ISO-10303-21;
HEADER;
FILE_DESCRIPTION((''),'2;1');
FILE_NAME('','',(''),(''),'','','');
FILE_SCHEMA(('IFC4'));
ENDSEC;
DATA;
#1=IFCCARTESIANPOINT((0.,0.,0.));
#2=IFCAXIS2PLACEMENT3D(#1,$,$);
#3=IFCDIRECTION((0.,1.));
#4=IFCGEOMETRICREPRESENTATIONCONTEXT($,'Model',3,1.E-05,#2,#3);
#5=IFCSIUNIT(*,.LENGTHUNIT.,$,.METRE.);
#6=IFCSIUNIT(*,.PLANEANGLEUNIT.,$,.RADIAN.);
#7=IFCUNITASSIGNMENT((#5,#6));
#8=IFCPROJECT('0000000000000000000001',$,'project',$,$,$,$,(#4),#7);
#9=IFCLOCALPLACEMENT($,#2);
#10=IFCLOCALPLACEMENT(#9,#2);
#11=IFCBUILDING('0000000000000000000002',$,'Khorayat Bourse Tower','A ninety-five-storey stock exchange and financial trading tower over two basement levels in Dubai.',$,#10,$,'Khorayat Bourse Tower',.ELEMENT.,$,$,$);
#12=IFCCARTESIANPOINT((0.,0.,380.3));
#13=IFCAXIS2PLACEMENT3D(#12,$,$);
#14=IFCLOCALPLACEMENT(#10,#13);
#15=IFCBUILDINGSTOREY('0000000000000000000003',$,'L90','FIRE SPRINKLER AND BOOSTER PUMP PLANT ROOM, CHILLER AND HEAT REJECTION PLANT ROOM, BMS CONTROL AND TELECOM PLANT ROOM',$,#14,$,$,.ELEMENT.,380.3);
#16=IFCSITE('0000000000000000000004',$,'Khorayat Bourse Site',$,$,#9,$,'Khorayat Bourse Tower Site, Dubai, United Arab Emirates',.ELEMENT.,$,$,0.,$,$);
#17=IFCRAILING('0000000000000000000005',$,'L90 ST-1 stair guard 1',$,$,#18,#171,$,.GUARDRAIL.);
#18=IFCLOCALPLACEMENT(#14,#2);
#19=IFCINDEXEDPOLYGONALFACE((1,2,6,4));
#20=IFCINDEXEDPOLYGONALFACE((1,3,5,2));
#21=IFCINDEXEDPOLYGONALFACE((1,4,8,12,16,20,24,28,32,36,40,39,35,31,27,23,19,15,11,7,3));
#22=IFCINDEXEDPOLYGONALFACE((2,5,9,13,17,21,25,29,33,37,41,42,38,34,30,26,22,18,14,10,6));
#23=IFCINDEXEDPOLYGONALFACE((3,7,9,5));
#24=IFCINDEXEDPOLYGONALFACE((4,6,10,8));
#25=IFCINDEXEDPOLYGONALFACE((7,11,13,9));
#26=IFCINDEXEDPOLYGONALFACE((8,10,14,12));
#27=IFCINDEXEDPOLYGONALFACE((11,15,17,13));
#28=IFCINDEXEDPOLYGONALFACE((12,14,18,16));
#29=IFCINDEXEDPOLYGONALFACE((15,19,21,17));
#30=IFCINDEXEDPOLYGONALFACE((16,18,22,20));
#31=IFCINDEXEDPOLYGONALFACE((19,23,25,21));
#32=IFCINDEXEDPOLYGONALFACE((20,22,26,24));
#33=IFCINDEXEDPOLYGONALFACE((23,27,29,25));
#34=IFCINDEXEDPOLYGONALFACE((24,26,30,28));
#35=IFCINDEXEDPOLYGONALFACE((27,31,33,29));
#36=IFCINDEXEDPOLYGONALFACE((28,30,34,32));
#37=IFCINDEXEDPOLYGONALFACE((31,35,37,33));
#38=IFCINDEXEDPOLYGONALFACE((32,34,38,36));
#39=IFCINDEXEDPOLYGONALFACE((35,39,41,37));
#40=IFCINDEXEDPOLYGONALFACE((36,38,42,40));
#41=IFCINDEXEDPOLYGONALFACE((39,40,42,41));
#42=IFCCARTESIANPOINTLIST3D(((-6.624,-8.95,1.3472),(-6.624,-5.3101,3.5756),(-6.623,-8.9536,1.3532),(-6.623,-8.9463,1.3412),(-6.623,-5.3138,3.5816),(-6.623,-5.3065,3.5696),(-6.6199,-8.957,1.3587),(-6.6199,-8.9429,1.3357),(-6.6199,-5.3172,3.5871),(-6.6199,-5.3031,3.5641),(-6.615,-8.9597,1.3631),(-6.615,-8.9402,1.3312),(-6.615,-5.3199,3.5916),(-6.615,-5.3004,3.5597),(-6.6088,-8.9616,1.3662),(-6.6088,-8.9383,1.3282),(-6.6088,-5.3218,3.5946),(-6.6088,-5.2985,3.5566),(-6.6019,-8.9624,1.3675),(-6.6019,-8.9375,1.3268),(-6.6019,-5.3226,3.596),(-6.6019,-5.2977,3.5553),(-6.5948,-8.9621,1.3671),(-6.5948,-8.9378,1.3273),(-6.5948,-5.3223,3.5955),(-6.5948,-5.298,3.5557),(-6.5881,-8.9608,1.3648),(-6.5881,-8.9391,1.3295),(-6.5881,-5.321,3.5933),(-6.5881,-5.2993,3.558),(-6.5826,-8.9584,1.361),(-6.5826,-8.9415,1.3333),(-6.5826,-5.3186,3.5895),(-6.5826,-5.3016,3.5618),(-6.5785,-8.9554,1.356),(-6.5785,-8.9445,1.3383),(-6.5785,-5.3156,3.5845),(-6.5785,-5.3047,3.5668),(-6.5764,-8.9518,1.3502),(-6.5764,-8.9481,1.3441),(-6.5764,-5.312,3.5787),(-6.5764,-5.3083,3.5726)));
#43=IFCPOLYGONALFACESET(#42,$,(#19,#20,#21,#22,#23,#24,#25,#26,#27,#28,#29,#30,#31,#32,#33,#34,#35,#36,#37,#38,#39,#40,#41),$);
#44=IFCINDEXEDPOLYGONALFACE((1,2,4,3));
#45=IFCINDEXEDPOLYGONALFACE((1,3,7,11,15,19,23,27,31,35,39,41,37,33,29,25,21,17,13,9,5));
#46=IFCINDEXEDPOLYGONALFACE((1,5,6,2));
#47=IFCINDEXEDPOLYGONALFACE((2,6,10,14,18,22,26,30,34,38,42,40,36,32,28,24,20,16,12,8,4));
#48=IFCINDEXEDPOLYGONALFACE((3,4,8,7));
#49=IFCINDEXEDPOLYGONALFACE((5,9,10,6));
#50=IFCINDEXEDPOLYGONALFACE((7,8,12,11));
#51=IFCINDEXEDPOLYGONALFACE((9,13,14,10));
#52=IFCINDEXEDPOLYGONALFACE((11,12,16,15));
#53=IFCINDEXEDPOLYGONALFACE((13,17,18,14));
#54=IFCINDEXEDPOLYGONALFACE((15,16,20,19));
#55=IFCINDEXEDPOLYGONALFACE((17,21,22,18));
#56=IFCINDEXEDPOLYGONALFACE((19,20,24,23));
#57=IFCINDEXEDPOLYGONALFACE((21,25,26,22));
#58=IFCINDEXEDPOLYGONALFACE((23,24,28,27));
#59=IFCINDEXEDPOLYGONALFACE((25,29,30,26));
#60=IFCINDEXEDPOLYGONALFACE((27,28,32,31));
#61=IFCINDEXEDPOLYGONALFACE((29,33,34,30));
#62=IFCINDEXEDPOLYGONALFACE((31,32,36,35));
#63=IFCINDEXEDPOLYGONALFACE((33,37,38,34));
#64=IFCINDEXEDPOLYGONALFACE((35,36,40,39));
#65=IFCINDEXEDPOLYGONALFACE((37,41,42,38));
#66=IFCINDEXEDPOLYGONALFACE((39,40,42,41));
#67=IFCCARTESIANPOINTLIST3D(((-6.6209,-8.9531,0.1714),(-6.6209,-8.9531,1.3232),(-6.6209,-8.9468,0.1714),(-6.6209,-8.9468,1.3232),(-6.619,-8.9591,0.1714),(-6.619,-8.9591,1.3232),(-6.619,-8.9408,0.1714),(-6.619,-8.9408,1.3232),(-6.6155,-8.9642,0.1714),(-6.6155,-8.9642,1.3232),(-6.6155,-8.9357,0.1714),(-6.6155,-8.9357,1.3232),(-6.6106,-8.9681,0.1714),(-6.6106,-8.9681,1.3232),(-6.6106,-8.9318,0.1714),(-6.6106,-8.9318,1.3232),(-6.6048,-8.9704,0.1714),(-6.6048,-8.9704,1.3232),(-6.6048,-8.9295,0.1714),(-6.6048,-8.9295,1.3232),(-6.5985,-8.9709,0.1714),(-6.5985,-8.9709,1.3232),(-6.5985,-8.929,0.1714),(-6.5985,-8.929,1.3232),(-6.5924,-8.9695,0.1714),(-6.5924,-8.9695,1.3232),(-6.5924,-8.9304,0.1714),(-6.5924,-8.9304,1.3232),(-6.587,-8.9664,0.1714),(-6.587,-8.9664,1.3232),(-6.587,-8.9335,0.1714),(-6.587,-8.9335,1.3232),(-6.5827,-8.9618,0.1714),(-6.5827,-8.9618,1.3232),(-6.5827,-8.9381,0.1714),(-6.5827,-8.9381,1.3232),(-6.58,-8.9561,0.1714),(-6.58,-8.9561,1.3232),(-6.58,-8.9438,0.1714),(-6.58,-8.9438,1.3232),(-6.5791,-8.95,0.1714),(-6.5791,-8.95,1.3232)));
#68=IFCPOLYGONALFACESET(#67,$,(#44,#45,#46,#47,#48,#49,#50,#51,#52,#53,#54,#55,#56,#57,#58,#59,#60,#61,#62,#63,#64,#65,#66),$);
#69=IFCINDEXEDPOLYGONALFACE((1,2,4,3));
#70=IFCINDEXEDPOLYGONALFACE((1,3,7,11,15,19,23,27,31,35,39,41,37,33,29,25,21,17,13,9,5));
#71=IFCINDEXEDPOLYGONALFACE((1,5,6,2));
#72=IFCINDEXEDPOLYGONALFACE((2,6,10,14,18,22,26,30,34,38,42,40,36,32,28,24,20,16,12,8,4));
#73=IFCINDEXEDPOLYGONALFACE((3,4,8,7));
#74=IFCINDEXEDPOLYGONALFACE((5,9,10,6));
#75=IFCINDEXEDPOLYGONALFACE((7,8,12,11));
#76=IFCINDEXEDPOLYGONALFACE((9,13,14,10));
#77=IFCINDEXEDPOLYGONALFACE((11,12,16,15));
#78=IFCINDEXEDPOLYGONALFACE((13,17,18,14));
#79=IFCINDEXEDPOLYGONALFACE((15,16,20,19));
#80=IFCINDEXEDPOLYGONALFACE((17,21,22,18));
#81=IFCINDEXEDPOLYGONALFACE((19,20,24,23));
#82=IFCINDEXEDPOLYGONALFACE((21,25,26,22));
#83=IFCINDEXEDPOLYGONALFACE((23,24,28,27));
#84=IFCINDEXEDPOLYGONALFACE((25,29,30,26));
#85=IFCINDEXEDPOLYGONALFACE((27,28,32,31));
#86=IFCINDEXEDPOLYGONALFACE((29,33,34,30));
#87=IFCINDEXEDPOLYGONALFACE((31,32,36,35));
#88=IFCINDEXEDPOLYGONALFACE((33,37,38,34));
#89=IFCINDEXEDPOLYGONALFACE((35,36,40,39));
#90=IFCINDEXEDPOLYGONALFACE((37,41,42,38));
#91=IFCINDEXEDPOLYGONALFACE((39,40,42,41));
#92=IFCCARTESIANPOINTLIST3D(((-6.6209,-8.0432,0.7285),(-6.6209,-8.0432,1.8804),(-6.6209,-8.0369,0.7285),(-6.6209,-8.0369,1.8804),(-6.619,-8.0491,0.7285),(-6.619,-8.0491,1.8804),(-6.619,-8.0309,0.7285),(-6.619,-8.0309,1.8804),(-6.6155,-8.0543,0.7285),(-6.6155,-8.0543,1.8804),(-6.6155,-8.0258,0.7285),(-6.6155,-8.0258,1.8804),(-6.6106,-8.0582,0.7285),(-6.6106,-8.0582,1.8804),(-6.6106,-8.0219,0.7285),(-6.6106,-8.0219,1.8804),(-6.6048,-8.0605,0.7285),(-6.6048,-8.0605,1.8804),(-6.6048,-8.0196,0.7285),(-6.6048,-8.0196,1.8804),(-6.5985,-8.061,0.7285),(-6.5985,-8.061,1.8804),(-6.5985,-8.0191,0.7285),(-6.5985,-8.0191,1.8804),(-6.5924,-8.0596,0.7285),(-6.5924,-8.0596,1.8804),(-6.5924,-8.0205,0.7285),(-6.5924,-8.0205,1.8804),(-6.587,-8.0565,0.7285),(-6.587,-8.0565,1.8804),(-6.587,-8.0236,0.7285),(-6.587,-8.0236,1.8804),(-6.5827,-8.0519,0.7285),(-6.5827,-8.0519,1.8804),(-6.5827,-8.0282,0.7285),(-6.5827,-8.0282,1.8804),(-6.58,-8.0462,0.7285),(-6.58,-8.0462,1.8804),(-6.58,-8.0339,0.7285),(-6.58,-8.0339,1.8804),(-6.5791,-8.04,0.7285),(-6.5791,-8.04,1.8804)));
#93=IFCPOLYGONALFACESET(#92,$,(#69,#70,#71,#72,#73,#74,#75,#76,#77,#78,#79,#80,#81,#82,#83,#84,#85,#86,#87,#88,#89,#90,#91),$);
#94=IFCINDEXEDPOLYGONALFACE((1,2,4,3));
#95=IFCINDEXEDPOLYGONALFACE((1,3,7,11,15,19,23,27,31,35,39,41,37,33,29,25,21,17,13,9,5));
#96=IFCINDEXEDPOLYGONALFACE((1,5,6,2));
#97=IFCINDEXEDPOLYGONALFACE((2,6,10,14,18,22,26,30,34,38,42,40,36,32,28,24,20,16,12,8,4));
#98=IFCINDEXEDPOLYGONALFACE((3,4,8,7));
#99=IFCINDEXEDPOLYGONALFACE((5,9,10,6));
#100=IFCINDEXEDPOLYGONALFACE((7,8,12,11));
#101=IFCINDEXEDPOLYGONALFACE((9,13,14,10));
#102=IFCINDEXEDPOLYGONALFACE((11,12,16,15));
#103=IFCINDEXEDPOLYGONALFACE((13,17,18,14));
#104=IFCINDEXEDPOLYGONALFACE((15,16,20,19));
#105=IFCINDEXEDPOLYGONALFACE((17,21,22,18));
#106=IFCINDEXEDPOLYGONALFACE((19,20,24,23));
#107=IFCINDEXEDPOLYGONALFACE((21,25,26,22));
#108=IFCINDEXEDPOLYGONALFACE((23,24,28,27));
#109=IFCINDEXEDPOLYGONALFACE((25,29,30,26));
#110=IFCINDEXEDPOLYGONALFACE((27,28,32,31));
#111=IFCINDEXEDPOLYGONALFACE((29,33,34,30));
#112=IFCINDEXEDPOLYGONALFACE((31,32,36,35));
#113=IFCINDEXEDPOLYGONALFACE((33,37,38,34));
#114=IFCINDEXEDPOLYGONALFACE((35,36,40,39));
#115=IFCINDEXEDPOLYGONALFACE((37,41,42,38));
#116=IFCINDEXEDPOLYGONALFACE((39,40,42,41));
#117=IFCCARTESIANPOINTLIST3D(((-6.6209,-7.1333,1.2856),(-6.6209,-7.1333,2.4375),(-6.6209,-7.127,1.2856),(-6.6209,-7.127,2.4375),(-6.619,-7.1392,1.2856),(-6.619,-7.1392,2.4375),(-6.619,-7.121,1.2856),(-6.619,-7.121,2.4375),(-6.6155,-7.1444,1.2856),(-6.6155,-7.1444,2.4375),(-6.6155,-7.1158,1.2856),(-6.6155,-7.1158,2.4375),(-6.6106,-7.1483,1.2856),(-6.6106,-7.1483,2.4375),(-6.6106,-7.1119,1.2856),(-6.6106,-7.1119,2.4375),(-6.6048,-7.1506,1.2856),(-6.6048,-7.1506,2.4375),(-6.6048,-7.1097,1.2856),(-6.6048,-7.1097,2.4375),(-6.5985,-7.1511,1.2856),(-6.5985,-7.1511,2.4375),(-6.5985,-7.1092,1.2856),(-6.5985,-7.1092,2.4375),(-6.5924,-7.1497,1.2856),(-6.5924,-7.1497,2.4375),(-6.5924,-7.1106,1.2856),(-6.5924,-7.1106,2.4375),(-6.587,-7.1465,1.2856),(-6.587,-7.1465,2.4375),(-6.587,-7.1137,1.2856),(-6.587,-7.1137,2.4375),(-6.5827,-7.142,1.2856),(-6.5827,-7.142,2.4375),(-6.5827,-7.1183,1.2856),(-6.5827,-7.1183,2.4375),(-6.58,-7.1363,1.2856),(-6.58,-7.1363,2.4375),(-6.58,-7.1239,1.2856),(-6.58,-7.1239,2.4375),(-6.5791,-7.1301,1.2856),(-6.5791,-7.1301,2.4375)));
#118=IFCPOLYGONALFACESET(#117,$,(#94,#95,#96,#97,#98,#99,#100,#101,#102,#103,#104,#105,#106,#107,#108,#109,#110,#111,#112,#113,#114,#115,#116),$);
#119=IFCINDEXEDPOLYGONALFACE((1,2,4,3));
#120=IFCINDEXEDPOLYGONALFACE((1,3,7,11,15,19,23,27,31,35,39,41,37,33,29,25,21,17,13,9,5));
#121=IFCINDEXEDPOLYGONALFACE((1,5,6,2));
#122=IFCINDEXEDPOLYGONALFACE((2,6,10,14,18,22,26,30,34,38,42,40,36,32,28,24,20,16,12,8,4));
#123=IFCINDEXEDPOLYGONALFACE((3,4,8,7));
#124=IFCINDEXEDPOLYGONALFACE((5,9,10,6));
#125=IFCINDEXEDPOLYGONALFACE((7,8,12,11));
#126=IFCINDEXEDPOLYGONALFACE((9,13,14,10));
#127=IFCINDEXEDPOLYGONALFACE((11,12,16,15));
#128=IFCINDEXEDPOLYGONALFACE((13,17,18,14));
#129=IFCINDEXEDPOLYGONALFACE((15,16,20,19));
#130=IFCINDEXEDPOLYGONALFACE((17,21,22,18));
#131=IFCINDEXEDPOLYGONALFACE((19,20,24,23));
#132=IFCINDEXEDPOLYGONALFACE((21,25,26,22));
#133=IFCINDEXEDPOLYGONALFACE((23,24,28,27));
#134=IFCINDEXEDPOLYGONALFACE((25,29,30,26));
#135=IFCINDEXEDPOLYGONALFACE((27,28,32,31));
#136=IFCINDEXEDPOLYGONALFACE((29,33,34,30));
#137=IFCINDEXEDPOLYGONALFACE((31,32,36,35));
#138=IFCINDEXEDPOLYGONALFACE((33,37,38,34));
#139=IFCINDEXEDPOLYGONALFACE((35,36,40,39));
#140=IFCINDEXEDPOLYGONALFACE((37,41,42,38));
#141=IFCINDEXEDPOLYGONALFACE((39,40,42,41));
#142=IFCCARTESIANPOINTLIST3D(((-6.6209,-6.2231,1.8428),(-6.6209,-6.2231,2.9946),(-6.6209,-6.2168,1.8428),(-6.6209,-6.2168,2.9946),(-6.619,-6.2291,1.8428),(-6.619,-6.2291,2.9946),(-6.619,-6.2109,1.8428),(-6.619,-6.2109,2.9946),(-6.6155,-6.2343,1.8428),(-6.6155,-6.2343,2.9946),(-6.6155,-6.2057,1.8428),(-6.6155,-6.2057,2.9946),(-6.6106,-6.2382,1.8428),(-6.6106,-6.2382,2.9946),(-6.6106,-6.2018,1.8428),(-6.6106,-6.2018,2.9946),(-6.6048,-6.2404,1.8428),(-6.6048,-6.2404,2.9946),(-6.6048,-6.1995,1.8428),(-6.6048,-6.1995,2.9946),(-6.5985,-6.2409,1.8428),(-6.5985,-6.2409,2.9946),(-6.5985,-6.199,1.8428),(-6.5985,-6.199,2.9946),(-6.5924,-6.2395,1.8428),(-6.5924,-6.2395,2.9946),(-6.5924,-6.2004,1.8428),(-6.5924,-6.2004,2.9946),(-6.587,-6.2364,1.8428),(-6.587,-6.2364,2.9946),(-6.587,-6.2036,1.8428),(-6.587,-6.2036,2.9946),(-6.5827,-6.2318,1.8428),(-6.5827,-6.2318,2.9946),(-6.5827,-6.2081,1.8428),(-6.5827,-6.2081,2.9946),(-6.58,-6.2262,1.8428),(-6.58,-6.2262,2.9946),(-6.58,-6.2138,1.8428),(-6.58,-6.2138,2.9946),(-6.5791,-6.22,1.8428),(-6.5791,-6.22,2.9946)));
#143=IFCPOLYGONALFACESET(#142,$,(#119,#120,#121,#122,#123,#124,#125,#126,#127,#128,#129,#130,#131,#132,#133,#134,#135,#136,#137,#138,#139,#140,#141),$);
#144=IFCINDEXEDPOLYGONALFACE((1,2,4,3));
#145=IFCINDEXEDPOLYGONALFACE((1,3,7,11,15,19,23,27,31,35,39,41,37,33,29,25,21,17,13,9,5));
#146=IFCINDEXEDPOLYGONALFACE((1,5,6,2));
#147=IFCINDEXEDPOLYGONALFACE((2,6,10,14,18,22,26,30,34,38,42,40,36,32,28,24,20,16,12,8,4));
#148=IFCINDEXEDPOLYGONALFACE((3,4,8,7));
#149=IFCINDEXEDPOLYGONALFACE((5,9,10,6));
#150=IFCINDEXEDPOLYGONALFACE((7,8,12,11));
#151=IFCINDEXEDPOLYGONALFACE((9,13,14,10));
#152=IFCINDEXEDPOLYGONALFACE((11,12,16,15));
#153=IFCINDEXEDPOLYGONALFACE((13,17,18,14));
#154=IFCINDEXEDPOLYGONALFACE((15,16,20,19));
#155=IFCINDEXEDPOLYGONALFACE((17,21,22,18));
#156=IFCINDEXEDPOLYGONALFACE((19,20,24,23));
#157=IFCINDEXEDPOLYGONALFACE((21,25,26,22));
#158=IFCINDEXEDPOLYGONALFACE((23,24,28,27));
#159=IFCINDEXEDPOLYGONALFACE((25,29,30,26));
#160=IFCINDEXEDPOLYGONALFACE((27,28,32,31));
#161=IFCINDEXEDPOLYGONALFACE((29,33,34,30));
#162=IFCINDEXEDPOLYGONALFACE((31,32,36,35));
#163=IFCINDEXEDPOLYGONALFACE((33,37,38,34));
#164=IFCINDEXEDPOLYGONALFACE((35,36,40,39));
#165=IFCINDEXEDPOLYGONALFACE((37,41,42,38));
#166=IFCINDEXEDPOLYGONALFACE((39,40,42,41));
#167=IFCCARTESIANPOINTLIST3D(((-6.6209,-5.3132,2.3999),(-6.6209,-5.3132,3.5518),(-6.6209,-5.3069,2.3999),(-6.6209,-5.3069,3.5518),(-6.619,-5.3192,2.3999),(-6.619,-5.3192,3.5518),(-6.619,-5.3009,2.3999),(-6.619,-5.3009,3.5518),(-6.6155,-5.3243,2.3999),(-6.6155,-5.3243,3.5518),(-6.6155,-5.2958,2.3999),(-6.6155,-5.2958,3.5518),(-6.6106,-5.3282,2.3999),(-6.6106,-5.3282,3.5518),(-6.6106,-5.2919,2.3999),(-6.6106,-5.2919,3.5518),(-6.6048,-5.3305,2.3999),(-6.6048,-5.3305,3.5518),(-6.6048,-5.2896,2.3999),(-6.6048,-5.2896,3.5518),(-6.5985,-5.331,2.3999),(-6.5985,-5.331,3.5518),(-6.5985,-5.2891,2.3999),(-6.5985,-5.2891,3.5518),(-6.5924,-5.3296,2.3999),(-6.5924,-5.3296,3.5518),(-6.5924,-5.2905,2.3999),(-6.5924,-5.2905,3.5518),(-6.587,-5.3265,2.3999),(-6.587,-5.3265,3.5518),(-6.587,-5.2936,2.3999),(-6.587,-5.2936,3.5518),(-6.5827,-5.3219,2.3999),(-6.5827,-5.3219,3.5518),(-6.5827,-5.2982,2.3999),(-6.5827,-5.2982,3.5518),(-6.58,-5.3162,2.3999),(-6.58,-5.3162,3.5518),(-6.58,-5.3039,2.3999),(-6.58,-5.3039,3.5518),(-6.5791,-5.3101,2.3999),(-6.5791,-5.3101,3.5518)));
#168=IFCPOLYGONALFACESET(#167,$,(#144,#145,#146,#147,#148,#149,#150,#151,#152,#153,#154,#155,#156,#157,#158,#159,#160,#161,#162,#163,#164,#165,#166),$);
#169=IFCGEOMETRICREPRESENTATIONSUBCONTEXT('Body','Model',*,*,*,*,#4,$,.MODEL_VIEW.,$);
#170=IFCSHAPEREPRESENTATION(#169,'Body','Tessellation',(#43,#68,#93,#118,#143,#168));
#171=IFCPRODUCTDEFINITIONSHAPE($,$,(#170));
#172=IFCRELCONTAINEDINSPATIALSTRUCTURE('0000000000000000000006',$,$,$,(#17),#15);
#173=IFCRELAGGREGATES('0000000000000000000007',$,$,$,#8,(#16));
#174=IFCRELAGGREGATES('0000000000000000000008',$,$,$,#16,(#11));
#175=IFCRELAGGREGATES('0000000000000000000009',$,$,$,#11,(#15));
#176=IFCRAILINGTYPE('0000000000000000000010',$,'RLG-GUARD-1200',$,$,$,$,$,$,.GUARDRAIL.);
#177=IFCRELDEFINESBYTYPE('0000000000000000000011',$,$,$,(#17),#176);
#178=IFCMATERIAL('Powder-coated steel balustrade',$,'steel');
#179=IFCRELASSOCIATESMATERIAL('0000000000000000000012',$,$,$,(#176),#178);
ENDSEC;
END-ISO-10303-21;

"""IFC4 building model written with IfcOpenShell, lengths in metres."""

from ifc_helpers import new_model, si_unit, direction, frame, origin, origin_2d, place, context, subcontext, project, spatial, circle, extrude, source, transform, mapped, material, type_object, element, save


model = new_model("IFC4")

# Units and contexts
model_context = context("Model", 3, precision=1e-05, world=origin(), true_north=direction((0.0, 1.0)))
body_context = subcontext(model_context, "Body", "Model", "MODEL_VIEW")
ifc_project = project(units=[si_unit("LENGTHUNIT", "METRE"), si_unit("PLANEANGLEUNIT", "RADIAN")], contexts=[model_context])

# Site, building, storey
site_placement = place(None, origin())
site = spatial("IfcSite", under=ifc_project, at=site_placement, Name="Khorayat Bourse Site", LongName="Khorayat Bourse Tower Site, Dubai, United Arab Emirates", CompositionType="ELEMENT", RefElevation=0.0)
building_placement = place(site_placement, origin())
building = spatial("IfcBuilding", under=site, at=building_placement, Name="Khorayat Bourse Tower", Description="A ninety-five-storey stock exchange and financial trading tower over two basement levels in Dubai.", LongName="Khorayat Bourse Tower", CompositionType="ELEMENT")
storey_placement = place(building_placement, frame((0.0, 0.0, 380.3)))
storey = spatial("IfcBuildingStorey", under=building, at=storey_placement, Name="L90", Description="FIRE SPRINKLER AND BOOSTER PUMP PLANT ROOM, CHILLER AND HEAT REJECTION PLANT ROOM, BMS CONTROL AND TELECOM PLANT ROOM", CompositionType="ELEMENT", Elevation=380.3)

# Railing
ifc_material_1 = material(Name="Powder-coated steel balustrade", Category="steel")
railing_type_1 = type_object("IfcRailingType", Name="RLG-GUARD-1200", PredefinedType="GUARDRAIL", material=ifc_material_1)
shared_shape_1 = source(origin(), body_context, "Body", "SweptSolid", [
    extrude(circle(Radius=0.0239, at=origin_2d()), frame((0.0, 0.0, 1.1758), z_axis=(0.0, 0.85285, 0.522156), x_axis=(-1.0, 0.0, 0.0)), (0.0, 0.0, 1.0), 4.2678),
    extrude(circle(Radius=0.021, at=origin_2d()), origin(), (0.0, 0.0, 1.0), 1.1519),
    extrude(circle(Radius=0.021, at=origin_2d()), frame((0.0, 0.9099, 0.5571)), (0.0, 0.0, 1.0), 1.1519),
    extrude(circle(Radius=0.021, at=origin_2d()), frame((0.0, 1.8198, 1.1143)), (0.0, 0.0, 1.0), 1.1519),
    extrude(circle(Radius=0.021, at=origin_2d()), frame((0.0, 2.73, 1.6714)), (0.0, 0.0, 1.0), 1.1519),
    extrude(circle(Radius=0.021, at=origin_2d()), frame((0.0, 3.6399, 2.2285)), (0.0, 0.0, 1.0), 1.1519),
])
railing_1_placement = place(storey_placement, frame((-6.6001, -8.95, 0.1714)))
element("IfcRailing", 1, at=railing_1_placement, inside=storey, type_object=railing_type_1, Name="L90 ST-1 stair guard 1", PredefinedType="GUARDRAIL", context=body_context, shape_type="MappedRepresentation", body=[
    mapped(shared_shape_1, transform((0.0, 0.0, 0.0), scale=1.0)),
])

save(model, "model.ifc")
